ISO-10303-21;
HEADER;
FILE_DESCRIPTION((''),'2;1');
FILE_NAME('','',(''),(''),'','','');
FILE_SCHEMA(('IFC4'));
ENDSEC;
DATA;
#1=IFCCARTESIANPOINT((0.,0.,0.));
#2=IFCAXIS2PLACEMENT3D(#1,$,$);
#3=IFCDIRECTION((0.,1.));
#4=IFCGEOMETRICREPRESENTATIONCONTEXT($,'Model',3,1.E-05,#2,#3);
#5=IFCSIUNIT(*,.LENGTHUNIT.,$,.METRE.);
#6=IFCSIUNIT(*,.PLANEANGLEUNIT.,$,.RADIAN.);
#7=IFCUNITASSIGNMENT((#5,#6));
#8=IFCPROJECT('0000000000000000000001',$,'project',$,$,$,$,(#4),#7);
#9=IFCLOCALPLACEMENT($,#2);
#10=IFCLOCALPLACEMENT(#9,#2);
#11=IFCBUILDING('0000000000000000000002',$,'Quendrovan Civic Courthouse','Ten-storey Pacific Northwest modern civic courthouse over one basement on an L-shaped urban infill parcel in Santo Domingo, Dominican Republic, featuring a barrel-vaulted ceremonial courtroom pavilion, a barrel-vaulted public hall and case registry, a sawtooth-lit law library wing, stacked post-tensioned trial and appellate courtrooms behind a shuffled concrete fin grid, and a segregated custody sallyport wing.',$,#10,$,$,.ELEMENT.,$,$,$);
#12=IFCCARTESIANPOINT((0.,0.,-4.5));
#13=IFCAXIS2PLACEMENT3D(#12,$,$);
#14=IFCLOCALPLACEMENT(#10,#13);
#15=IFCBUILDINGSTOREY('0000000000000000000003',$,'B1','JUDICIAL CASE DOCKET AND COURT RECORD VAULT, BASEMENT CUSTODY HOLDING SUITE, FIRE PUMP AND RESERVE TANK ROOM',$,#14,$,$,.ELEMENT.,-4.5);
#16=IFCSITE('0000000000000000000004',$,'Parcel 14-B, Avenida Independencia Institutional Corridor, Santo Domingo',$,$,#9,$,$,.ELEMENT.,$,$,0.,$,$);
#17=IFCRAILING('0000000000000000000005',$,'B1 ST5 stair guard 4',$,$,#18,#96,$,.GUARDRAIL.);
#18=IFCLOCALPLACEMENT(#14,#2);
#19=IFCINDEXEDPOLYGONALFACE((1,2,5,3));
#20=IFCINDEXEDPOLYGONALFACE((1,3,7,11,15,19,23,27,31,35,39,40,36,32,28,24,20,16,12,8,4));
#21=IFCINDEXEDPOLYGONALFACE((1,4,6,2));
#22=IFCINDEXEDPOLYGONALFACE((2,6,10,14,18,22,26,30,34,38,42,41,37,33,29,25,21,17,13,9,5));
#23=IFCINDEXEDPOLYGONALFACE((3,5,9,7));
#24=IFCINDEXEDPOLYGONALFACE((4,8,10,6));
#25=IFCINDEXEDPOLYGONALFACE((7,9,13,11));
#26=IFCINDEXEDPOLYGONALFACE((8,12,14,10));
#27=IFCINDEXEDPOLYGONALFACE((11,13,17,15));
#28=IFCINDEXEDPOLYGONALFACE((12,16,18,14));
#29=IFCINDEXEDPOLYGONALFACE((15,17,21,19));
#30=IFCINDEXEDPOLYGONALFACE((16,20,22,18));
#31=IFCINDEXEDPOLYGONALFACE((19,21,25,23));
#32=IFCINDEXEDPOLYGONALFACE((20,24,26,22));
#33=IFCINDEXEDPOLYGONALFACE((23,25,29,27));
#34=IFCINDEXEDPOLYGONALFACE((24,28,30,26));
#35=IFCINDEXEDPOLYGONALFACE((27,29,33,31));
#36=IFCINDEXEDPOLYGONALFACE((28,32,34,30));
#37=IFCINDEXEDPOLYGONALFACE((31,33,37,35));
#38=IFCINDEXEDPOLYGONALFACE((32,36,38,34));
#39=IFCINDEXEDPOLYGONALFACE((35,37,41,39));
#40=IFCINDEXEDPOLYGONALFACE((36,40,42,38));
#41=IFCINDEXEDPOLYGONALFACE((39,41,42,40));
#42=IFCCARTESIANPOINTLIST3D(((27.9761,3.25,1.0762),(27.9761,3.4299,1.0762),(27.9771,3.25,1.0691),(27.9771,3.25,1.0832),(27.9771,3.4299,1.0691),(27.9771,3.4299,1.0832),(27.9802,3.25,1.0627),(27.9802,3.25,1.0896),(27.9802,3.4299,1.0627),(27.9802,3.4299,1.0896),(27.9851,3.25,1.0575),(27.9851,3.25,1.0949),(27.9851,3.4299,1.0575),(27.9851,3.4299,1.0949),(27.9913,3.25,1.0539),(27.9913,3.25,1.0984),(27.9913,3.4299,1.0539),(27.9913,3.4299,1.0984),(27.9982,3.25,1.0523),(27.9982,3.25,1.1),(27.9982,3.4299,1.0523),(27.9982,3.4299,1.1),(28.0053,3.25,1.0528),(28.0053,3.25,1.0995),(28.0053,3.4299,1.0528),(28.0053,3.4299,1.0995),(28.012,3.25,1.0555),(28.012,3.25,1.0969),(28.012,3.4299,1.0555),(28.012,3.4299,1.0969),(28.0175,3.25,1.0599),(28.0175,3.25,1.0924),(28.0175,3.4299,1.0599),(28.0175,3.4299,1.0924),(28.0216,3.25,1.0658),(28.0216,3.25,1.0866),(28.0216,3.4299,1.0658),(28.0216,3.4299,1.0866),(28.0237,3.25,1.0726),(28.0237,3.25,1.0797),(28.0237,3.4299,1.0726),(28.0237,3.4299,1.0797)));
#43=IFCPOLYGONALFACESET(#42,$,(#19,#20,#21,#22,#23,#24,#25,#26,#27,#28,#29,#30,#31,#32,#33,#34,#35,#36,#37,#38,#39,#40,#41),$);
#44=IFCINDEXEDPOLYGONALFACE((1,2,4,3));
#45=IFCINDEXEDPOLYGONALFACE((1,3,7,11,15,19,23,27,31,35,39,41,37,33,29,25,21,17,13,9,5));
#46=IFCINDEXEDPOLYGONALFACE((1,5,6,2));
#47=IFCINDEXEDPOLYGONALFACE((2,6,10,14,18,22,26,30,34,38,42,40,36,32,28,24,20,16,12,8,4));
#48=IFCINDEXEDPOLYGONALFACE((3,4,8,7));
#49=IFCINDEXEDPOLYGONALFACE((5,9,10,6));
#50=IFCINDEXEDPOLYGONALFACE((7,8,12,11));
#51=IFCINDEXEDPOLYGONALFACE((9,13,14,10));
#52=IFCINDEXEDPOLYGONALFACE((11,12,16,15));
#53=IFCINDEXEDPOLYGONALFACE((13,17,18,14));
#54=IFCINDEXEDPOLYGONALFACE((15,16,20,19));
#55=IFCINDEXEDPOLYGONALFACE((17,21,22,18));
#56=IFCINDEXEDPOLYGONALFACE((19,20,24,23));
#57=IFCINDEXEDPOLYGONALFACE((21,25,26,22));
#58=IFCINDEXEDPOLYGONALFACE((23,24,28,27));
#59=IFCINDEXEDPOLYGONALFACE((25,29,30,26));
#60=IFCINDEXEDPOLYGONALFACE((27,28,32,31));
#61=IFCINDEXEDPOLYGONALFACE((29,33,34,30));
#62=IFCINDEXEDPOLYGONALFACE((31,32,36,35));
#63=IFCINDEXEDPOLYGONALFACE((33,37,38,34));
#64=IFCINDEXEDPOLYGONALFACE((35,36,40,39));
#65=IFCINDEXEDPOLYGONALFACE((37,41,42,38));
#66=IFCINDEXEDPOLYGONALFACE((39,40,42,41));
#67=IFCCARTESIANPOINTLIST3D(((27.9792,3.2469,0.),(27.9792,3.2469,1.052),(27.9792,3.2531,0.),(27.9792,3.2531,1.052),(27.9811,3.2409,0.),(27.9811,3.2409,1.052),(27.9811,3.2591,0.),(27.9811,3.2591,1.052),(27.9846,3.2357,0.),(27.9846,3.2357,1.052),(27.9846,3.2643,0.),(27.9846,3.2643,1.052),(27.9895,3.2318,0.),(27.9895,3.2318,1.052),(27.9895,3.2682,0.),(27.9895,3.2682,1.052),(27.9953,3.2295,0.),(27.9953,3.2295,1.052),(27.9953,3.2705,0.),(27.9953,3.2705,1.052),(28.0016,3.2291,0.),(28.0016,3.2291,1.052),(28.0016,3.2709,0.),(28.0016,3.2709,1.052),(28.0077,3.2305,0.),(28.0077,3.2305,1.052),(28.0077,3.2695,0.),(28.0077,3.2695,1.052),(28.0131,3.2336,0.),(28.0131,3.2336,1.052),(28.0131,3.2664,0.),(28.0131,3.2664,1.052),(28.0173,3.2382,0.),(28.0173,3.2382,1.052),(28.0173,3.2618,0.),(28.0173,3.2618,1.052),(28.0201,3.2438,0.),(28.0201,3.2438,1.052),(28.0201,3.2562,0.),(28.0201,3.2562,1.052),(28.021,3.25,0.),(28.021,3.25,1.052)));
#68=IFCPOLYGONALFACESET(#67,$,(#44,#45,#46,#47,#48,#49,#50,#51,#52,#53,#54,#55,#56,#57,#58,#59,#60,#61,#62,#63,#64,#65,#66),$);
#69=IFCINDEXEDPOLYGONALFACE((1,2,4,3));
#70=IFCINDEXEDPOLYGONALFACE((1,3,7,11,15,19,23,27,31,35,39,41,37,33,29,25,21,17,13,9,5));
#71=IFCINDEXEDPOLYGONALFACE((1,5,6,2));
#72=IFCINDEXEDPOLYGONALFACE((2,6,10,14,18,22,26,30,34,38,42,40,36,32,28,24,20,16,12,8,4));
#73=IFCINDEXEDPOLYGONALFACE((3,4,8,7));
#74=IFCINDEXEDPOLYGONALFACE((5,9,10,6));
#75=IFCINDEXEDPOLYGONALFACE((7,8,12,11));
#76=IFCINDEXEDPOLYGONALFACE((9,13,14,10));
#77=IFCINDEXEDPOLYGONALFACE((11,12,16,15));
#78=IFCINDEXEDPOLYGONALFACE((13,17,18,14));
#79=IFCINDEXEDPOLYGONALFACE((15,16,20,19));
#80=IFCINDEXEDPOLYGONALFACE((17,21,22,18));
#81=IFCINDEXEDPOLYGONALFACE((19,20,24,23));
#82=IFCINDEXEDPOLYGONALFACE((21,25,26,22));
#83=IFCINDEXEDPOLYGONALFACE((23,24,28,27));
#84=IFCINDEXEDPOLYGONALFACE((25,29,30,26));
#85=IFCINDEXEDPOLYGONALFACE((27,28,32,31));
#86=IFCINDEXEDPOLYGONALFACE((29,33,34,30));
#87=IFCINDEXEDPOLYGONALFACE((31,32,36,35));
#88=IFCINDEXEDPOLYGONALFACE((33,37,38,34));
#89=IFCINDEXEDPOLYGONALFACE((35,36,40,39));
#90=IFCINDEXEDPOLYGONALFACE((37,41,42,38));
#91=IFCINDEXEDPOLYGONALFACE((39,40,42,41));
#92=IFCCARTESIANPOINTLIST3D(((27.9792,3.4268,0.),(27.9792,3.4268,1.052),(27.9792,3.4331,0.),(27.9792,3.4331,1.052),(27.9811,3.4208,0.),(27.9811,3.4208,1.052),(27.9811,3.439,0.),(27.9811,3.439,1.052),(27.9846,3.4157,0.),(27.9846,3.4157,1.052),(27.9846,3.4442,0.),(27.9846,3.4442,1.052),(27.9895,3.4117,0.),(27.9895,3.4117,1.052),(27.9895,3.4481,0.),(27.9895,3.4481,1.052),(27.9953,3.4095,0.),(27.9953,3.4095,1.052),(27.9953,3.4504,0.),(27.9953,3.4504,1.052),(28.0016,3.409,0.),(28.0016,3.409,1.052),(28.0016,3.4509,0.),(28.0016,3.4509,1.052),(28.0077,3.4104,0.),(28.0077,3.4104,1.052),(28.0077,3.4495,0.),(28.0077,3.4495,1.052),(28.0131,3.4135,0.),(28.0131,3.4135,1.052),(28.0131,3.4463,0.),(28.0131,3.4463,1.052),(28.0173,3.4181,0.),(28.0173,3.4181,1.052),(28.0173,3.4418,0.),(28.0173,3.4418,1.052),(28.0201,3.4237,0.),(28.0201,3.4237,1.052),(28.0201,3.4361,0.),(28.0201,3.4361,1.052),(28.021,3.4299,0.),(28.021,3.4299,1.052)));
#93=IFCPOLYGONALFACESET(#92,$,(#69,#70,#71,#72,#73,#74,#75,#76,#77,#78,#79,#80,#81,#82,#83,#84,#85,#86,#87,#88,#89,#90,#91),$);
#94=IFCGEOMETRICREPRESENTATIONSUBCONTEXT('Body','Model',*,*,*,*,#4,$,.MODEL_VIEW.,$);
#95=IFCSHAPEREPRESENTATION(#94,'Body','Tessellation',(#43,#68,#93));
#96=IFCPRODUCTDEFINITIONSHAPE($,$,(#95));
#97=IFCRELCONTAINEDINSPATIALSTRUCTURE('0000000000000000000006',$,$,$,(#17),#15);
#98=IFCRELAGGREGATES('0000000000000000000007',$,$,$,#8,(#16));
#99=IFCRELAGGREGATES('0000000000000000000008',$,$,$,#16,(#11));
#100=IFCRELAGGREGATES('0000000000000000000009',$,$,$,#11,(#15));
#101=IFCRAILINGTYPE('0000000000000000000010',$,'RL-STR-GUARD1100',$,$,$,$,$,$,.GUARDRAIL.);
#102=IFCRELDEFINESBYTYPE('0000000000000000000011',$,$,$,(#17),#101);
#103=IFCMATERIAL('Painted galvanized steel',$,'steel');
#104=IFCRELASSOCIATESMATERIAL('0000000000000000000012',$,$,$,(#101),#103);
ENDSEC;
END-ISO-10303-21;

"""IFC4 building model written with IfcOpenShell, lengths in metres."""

from ifc_helpers import new_model, si_unit, direction, frame, origin, origin_2d, place, context, subcontext, project, spatial, circle, extrude, material, type_object, element, save


model = new_model("IFC4")

# Units and contexts
model_context = context("Model", 3, precision=1e-05, world=origin(), true_north=direction((0.0, 1.0)))
body_context = subcontext(model_context, "Body", "Model", "MODEL_VIEW")
ifc_project = project(units=[si_unit("LENGTHUNIT", "METRE"), si_unit("PLANEANGLEUNIT", "RADIAN")], contexts=[model_context])

# Site, building, storey
site_placement = place(None, origin())
site = spatial("IfcSite", under=ifc_project, at=site_placement, Name="Parcel 14-B, Avenida Independencia Institutional Corridor, Santo Domingo", CompositionType="ELEMENT", RefElevation=0.0)
building_placement = place(site_placement, origin())
building = spatial("IfcBuilding", under=site, at=building_placement, Name="Quendrovan Civic Courthouse", Description="Ten-storey Pacific Northwest modern civic courthouse over one basement on an L-shaped urban infill parcel in Santo Domingo, Dominican Republic, featuring a barrel-vaulted ceremonial courtroom pavilion, a barrel-vaulted public hall and case registry, a sawtooth-lit law library wing, stacked post-tensioned trial and appellate courtrooms behind a shuffled concrete fin grid, and a segregated custody sallyport wing.", CompositionType="ELEMENT")
storey_placement = place(building_placement, frame((0.0, 0.0, -4.5)))
storey = spatial("IfcBuildingStorey", under=building, at=storey_placement, Name="B1", Description="JUDICIAL CASE DOCKET AND COURT RECORD VAULT, BASEMENT CUSTODY HOLDING SUITE, FIRE PUMP AND RESERVE TANK ROOM", CompositionType="ELEMENT", Elevation=-4.5)

# Railing
ifc_material_1 = material(Name="Painted galvanized steel", Category="steel")
railing_type_1 = type_object("IfcRailingType", Name="RL-STR-GUARD1100", PredefinedType="GUARDRAIL", material=ifc_material_1)
railing_1_placement = place(storey_placement, frame((28.0, 3.25, 0.0)))
element("IfcRailing", 1, at=railing_1_placement, inside=storey, type_object=railing_type_1, Name="B1 ST5 stair guard 4", PredefinedType="GUARDRAIL", context=body_context, shape_type="SweptSolid", body=[
    extrude(circle(Radius=0.0239, at=origin_2d()), frame((0.0, 0.0, 1.0762), z_axis=(0.0, 1.0, 0.0), x_axis=(-1.0, 0.0, 0.0)), (0.0, 0.0, 1.0), 0.1799),
    extrude(circle(Radius=0.021, at=origin_2d()), origin(), (0.0, 0.0, 1.0), 1.052),
    extrude(circle(Radius=0.021, at=origin_2d()), frame((0.0, 0.1799, 0.0)), (0.0, 0.0, 1.0), 1.052),
])

save(model, "model.ifc")
